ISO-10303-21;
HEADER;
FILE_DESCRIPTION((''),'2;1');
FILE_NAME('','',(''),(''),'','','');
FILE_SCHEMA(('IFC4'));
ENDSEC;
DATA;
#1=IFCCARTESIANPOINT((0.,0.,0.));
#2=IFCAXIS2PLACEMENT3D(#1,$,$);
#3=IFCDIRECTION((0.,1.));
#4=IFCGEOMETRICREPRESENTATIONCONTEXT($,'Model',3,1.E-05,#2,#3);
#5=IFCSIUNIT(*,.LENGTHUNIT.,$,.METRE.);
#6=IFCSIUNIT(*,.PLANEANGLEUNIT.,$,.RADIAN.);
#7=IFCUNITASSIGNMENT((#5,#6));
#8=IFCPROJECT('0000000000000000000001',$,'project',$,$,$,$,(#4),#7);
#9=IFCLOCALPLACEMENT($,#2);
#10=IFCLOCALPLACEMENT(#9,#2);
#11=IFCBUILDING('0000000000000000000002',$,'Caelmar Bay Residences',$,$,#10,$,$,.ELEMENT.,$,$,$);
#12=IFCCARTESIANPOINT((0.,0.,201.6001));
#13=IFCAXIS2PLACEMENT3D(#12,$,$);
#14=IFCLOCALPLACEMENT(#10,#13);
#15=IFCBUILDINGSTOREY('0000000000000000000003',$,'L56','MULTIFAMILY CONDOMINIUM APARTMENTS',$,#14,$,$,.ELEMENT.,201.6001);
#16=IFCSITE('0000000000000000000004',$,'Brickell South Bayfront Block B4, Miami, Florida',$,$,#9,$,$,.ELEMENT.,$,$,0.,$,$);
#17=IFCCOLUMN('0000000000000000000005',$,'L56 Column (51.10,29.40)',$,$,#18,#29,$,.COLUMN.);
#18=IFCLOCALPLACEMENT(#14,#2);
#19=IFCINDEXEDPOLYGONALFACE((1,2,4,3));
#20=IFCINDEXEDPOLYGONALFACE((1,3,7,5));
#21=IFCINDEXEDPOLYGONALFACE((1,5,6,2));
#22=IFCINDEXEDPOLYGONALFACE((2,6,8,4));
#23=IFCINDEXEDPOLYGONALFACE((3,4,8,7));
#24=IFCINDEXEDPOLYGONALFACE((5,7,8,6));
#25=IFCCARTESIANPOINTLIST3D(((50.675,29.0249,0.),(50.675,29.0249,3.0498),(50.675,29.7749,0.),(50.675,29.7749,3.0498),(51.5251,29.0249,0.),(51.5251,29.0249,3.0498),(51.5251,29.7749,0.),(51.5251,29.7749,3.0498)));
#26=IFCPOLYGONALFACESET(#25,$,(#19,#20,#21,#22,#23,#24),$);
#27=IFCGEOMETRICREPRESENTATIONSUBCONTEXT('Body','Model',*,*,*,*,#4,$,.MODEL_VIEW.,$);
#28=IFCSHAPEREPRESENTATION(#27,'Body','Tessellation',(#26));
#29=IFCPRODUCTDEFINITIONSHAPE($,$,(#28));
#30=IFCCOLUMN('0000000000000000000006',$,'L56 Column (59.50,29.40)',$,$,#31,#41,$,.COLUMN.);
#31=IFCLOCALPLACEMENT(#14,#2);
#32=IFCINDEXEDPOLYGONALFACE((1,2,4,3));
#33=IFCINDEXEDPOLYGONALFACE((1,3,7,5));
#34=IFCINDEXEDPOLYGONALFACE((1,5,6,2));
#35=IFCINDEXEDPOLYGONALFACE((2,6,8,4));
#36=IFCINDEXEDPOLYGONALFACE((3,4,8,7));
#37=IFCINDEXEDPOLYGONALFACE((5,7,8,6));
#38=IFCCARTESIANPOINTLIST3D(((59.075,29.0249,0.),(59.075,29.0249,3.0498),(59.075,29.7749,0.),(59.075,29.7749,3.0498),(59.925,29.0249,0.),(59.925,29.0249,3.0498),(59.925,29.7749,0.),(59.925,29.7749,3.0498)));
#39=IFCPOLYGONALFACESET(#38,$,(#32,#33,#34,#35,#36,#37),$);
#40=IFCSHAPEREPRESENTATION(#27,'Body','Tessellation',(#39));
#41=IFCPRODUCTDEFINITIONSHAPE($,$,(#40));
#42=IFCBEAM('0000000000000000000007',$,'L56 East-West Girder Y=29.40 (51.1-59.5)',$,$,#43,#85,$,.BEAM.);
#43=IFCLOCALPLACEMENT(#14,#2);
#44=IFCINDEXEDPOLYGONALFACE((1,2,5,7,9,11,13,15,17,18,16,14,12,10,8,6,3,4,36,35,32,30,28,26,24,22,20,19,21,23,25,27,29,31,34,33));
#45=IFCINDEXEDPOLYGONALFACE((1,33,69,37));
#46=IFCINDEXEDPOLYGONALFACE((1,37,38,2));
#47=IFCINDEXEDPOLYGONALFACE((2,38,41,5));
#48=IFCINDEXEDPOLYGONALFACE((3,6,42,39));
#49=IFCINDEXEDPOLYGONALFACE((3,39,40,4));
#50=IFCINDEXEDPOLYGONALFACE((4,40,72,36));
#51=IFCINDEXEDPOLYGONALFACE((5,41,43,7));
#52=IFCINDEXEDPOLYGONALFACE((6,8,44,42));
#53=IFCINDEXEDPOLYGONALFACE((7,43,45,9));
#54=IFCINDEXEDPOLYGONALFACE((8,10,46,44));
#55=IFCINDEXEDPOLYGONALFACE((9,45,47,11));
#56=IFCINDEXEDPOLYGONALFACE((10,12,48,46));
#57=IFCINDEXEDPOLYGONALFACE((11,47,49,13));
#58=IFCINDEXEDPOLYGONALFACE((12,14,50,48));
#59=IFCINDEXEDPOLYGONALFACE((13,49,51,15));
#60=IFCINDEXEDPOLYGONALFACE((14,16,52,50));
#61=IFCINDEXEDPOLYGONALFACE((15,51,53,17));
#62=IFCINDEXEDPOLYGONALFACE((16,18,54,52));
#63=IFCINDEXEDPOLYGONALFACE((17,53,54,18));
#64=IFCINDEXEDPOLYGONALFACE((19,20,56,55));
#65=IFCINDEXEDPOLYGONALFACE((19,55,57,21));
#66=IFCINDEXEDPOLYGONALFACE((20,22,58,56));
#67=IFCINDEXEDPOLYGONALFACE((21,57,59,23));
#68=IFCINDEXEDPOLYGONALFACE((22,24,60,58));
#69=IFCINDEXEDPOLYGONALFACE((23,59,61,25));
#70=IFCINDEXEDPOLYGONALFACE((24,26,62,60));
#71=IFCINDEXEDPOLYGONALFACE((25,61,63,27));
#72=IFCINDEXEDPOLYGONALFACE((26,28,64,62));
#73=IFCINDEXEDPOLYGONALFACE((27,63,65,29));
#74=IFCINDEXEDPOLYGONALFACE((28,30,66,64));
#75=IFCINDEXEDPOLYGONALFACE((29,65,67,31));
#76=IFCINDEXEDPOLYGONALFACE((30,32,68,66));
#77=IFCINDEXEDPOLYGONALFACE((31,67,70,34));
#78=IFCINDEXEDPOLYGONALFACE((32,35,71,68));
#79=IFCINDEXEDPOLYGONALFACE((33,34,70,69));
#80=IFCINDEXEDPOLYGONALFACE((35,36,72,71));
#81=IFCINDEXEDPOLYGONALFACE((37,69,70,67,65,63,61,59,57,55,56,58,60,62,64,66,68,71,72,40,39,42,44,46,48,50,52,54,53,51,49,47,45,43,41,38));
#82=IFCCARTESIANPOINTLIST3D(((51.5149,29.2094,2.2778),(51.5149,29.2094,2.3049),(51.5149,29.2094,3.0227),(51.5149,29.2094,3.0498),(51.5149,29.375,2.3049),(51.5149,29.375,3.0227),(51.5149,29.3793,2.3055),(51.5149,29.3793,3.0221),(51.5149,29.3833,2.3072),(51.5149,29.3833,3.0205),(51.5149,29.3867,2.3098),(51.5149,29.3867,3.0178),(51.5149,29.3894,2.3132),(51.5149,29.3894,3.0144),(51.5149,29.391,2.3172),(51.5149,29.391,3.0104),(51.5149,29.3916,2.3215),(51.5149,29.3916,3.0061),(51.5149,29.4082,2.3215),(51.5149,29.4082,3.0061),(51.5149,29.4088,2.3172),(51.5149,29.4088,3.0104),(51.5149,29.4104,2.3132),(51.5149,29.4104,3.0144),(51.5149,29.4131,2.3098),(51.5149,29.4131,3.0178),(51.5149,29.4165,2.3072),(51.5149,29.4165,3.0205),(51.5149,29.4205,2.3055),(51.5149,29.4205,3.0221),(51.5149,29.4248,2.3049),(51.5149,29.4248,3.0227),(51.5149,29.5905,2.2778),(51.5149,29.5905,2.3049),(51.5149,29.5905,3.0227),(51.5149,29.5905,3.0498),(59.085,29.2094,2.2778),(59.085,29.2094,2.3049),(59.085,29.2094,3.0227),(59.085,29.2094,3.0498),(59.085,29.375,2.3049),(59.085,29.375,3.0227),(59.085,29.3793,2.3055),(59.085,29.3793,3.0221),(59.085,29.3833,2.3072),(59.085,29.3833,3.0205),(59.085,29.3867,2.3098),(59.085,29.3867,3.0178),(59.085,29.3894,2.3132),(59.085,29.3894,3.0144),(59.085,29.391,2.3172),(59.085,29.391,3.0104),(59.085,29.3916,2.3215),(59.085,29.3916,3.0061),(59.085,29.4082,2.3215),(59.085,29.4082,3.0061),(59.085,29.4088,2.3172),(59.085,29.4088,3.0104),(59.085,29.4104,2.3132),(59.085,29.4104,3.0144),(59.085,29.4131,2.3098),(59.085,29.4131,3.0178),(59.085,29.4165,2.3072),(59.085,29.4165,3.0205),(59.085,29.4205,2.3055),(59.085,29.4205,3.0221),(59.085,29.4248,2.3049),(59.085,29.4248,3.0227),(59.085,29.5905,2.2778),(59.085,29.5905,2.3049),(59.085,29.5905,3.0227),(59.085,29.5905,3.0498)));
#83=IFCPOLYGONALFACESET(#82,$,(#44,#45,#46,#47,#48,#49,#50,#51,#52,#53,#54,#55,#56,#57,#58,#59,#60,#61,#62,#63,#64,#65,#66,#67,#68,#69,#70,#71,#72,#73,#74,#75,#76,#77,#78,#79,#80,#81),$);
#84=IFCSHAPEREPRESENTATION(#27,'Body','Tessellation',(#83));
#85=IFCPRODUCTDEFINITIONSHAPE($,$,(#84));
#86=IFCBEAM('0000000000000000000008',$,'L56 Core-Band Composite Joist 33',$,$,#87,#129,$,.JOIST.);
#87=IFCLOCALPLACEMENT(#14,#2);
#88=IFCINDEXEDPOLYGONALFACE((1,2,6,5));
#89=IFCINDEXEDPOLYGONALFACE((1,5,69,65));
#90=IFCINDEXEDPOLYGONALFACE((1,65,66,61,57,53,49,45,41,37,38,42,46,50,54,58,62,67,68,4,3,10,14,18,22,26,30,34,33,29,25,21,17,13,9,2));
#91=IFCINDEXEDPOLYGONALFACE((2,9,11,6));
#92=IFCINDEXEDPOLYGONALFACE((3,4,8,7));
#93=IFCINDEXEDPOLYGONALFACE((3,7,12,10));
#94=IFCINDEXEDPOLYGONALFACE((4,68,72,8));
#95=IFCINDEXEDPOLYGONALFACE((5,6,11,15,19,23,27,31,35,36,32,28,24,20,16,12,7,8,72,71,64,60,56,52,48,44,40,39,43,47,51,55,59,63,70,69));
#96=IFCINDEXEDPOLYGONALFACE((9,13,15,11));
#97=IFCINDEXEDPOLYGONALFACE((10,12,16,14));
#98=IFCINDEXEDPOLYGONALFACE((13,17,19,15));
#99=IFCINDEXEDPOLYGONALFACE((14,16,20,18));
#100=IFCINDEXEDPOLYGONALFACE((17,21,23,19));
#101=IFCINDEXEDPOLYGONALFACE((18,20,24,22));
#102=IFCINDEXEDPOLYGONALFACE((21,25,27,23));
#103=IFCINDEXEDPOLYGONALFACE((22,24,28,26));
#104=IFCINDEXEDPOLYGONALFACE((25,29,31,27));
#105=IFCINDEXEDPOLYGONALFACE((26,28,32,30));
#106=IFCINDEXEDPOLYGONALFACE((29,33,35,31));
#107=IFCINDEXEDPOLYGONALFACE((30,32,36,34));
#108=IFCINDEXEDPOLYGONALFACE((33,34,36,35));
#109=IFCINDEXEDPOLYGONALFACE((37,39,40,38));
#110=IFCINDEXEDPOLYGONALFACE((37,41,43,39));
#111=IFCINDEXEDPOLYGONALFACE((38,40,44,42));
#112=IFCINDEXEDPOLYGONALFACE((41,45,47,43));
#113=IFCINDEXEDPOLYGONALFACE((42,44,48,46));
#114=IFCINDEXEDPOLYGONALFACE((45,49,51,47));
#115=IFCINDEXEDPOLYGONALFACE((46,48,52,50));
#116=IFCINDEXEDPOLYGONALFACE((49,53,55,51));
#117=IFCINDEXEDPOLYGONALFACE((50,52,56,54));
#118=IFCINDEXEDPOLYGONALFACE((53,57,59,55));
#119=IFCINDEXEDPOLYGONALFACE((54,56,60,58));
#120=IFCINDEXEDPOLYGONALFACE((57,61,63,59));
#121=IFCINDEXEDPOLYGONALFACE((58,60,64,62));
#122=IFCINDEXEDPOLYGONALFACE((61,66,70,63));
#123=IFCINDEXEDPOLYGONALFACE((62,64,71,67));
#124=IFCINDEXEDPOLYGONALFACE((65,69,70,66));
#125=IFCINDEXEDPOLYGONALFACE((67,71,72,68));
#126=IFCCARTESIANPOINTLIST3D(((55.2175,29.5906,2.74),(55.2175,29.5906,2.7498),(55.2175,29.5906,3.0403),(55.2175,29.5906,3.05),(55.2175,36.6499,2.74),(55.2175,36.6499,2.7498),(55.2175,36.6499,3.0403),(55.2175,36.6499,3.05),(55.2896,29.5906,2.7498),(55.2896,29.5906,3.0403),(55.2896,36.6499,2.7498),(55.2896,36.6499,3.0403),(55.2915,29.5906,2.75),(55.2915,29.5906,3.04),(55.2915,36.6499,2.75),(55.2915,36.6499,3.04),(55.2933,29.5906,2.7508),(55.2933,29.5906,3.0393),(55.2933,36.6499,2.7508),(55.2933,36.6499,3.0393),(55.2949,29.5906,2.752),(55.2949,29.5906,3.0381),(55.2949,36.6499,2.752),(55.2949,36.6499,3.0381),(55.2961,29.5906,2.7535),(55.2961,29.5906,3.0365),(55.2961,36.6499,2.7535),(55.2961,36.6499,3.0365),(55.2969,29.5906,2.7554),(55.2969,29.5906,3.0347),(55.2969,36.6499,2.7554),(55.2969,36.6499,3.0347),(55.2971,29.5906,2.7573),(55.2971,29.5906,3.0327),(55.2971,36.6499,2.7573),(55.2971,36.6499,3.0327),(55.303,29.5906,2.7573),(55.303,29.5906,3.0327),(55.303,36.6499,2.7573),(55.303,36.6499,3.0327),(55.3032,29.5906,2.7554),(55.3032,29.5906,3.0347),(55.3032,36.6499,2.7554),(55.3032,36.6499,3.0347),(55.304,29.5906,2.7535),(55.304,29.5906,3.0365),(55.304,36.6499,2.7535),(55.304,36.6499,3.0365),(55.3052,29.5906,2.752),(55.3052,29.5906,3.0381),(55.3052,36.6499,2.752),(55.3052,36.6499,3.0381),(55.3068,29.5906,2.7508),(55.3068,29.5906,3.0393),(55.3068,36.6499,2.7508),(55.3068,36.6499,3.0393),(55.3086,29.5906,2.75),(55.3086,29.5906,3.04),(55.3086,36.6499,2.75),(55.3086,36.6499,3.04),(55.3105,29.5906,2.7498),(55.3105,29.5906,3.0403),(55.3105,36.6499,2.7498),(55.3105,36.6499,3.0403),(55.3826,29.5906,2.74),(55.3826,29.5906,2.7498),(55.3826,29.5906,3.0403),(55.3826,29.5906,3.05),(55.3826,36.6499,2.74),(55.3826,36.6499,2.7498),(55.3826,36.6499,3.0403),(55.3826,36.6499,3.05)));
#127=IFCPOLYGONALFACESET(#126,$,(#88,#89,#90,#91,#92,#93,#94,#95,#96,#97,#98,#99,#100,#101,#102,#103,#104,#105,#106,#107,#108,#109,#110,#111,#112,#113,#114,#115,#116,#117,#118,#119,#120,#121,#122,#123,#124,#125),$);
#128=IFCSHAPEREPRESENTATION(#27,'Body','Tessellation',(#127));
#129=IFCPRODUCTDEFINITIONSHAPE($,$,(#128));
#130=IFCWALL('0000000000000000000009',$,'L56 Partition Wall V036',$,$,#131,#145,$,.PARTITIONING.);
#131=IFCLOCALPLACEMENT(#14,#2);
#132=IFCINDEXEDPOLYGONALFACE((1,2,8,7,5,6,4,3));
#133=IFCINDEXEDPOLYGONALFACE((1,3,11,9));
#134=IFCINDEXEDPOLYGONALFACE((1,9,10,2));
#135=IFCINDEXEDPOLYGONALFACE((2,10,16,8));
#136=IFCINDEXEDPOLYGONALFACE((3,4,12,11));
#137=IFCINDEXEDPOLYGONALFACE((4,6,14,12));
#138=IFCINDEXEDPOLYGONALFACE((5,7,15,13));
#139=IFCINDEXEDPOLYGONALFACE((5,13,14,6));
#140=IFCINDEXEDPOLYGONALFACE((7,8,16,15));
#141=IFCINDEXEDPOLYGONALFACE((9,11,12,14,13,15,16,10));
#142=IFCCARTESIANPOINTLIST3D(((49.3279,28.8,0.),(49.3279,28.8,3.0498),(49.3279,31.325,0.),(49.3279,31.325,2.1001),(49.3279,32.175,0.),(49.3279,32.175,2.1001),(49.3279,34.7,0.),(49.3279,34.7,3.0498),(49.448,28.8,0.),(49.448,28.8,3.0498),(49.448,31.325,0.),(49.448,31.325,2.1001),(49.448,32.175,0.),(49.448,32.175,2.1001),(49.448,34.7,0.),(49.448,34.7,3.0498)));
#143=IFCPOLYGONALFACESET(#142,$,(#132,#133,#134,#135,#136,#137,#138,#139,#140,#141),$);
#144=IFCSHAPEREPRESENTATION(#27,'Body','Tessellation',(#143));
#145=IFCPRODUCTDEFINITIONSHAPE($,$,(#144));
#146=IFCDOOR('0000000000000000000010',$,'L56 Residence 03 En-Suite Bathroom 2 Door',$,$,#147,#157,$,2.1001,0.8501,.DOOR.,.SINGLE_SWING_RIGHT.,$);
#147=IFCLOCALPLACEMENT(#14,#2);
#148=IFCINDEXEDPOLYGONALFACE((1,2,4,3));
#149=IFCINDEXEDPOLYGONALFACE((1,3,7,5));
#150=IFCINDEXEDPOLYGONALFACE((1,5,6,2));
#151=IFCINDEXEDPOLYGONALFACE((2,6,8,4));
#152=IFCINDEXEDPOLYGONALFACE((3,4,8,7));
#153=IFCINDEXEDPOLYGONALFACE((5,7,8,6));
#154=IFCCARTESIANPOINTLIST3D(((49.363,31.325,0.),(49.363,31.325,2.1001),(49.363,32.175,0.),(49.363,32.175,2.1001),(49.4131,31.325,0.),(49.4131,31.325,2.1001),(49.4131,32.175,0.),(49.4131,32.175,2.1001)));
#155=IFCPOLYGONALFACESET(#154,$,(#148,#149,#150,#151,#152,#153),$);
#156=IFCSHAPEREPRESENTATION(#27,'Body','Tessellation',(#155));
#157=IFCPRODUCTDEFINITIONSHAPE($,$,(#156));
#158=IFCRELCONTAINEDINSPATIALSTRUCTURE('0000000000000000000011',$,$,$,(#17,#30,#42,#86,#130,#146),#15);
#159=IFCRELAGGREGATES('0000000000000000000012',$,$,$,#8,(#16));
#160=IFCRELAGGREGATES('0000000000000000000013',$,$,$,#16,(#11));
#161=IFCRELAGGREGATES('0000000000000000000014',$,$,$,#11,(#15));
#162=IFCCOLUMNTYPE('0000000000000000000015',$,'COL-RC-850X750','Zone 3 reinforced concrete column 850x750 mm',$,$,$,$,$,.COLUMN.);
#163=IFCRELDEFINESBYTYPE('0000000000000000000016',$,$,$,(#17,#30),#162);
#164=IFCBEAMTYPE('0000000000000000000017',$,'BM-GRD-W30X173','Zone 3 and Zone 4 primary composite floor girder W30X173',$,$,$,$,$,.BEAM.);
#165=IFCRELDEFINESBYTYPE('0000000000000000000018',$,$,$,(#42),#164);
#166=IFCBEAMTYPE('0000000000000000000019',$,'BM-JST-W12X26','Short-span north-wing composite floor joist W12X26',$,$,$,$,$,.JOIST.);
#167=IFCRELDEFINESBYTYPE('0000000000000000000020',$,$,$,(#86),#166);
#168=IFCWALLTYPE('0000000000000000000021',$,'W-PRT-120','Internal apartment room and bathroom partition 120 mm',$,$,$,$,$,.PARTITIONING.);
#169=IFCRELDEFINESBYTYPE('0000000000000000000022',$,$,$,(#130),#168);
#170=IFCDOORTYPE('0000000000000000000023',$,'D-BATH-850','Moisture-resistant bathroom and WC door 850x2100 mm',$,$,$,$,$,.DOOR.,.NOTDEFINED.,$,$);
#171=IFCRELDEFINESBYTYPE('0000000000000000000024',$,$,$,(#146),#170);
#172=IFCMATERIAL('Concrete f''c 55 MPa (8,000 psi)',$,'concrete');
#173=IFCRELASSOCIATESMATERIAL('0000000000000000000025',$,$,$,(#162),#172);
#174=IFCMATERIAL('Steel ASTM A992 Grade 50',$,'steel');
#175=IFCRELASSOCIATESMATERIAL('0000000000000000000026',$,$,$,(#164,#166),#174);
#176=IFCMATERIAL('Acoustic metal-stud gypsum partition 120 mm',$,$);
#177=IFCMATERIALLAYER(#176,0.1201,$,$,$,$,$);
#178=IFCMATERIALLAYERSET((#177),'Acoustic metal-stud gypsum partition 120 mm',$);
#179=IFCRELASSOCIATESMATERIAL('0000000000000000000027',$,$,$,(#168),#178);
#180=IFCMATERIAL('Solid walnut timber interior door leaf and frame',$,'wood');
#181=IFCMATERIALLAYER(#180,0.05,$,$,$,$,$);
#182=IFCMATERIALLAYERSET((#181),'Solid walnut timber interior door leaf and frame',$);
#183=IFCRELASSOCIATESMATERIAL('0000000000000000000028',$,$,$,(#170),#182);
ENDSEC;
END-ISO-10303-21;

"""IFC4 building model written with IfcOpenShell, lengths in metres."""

from ifc_helpers import new_model, si_unit, direction, frame, frame_2d, origin, origin_2d, place, context, subcontext, project, spatial, rectangle, i_section, extrude, material, layer, layer_set, material_profile, profile_set, type_object, element, fill, save


model = new_model("IFC4")

# Units and contexts
model_context = context("Model", 3, precision=1e-05, world=origin(), true_north=direction((0.0, 1.0)))
body_context = subcontext(model_context, "Body", "Model", "MODEL_VIEW")
ifc_project = project(units=[si_unit("LENGTHUNIT", "METRE"), si_unit("PLANEANGLEUNIT", "RADIAN")], contexts=[model_context])

# Site, building, storey
site_placement = place(None, origin())
site = spatial("IfcSite", under=ifc_project, at=site_placement, Name="Brickell South Bayfront Block B4, Miami, Florida", CompositionType="ELEMENT", RefElevation=0.0)
building_placement = place(site_placement, origin())
building = spatial("IfcBuilding", under=site, at=building_placement, Name="Caelmar Bay Residences", CompositionType="ELEMENT")
storey_placement = place(building_placement, frame((0.0, 0.0, 201.6001)))
storey = spatial("IfcBuildingStorey", under=building, at=storey_placement, Name="L56", Description="MULTIFAMILY CONDOMINIUM APARTMENTS", CompositionType="ELEMENT", Elevation=201.6001)

# Columns
ifc_material_1 = material(Name="Concrete f'c 55 MPa (8,000 psi)", Category="concrete")
ifc_material_profile_1 = material_profile(ifc_material_1, rectangle(XDim=0.8501, YDim=0.75, at=origin_2d()), Name="RC-COL-850X750")
ifc_profile_set_1 = profile_set([ifc_material_profile_1], Name="Concrete f'c 55 MPa (8,000 psi)")
column_type = type_object("IfcColumnType", Name="COL-RC-850X750", Description="Zone 3 reinforced concrete column 850x750 mm", PredefinedType="COLUMN", material=ifc_profile_set_1)
for number, where, z_axis, x_axis, name in (
    (1, (51.1001, 29.3999, 0.0), (0.0, 0.0, 1.0), (1.0, 0.0, 0.0), "L56 Column (51.10,29.40)"),
    (2, (59.5, 29.3999, 0.0), (0.0, 0.0, 1.0), (1.0, 0.0, 0.0), "L56 Column (59.50,29.40)"),
):
    element("IfcColumn", number, at=place(storey_placement, frame(where, z_axis=z_axis, x_axis=x_axis)), inside=storey, type_object=column_type, Name=name, PredefinedType="COLUMN", context=body_context, shape_type="SweptSolid", body=[
        extrude(rectangle(XDim=0.8501, YDim=0.75, at=origin_2d()), origin(), (0.0, 0.0, 1.0), 3.0498),
    ])

# Beams
ifc_material_2 = material(Name="Steel ASTM A992 Grade 50", Category="steel")
ifc_material_profile_2 = material_profile(ifc_material_2, i_section(OverallWidth=0.3811, OverallDepth=0.772, WebThickness=0.0166, FlangeThickness=0.0271, FilletRadius=0.0166, at=origin_2d()), Name="W30X173")
ifc_profile_set_2 = profile_set([ifc_material_profile_2], Name="Steel ASTM A992 Grade 50")
beam_type_1 = type_object("IfcBeamType", Name="BM-GRD-W30X173", Description="Zone 3 and Zone 4 primary composite floor girder W30X173", PredefinedType="BEAM", material=ifc_profile_set_2)
beam_1_placement = place(storey_placement, frame((51.5149, 29.3999, 2.6638), z_axis=(1.0, 0.0, 0.0), x_axis=(0.0, 1.0, 0.0)))
element("IfcBeam", 3, at=beam_1_placement, inside=storey, type_object=beam_type_1, Name="L56 East-West Girder Y=29.40 (51.1-59.5)", PredefinedType="BEAM", context=body_context, shape_type="SweptSolid", body=[
    extrude(i_section(OverallWidth=0.3811, OverallDepth=0.772, WebThickness=0.0166, FlangeThickness=0.0271, FilletRadius=0.0166, at=origin_2d()), origin(), (0.0, 0.0, 1.0), 7.5701),
])
ifc_material_profile_3 = material_profile(ifc_material_2, i_section(OverallWidth=0.165, OverallDepth=0.3101, WebThickness=0.0059, FlangeThickness=0.0098, FilletRadius=0.0076, at=origin_2d()), Name="W12X26")
ifc_profile_set_3 = profile_set([ifc_material_profile_3], Name="Steel ASTM A992 Grade 50")
beam_type_2 = type_object("IfcBeamType", Name="BM-JST-W12X26", Description="Short-span north-wing composite floor joist W12X26", PredefinedType="JOIST", material=ifc_profile_set_3)
beam_2_placement = place(storey_placement, frame((55.3, 29.5906, 2.895), z_axis=(0.0, 1.0, 0.0), x_axis=(-1.0, 0.0, 0.0)))
element("IfcBeam", 4, at=beam_2_placement, inside=storey, type_object=beam_type_2, Name="L56 Core-Band Composite Joist 33", PredefinedType="JOIST", context=body_context, shape_type="SweptSolid", body=[
    extrude(i_section(OverallWidth=0.165, OverallDepth=0.3101, WebThickness=0.0059, FlangeThickness=0.0098, FilletRadius=0.0076, at=origin_2d()), origin(), (0.0, 0.0, 1.0), 7.0593),
])

# Wall, opening, door
ifc_material_3 = material(Name="Acoustic metal-stud gypsum partition 120 mm")
ifc_layer_1 = layer(ifc_material_3, 0.1201)
ifc_layer_set_1 = layer_set([ifc_layer_1], Name="Acoustic metal-stud gypsum partition 120 mm")
wall_type_1 = type_object("IfcWallType", Name="W-PRT-120", Description="Internal apartment room and bathroom partition 120 mm", PredefinedType="PARTITIONING", material=ifc_layer_set_1)
wall_1_placement = place(storey_placement, frame((49.3879, 28.8, 0.0), z_axis=(0.0, 0.0, 1.0), x_axis=(0.0, 1.0, 0.0)))
wall_1 = element("IfcWall", 5, at=wall_1_placement, inside=storey, type_object=wall_type_1, Name="L56 Partition Wall V036", PredefinedType="PARTITIONING", context=body_context, shape_type="SweptSolid", body=[
    extrude(rectangle(XDim=5.8999, YDim=0.1201, at=frame_2d((2.95, 0.0))), origin(), (0.0, 0.0, 1.0), 3.0498),
])
opening_1_placement = place(wall_1_placement, frame((2.5249, 0.0, 0.0)))
opening_1 = element("IfcOpeningElement", 6, at=opening_1_placement, cuts=wall_1, PredefinedType="OPENING", context=body_context, shape_type="SweptSolid", body=[
    extrude(rectangle(XDim=0.8501, YDim=2.1001, at=frame_2d((0.425, 1.05))), frame((0.0, 0.0701, 0.0), z_axis=(0.0, -1.0, 0.0), x_axis=(1.0, 0.0, 0.0)), (0.0, 0.0, 1.0), 0.1401),
])
ifc_material_4 = material(Name="Solid walnut timber interior door leaf and frame", Category="wood")
ifc_layer_2 = layer(ifc_material_4, 0.05)
ifc_layer_set_2 = layer_set([ifc_layer_2], Name="Solid walnut timber interior door leaf and frame")
door_type_1 = type_object("IfcDoorType", Name="D-BATH-850", Description="Moisture-resistant bathroom and WC door 850x2100 mm", OperationType="NOTDEFINED", PredefinedType="DOOR", material=ifc_layer_set_2)
door_1_placement = place(opening_1_placement, origin())
door_1 = element("IfcDoor", 7, at=door_1_placement, inside=storey, type_object=door_type_1, Name="L56 Residence 03 En-Suite Bathroom 2 Door", OperationType="SINGLE_SWING_RIGHT", OverallHeight=2.1001, OverallWidth=0.8501, PredefinedType="DOOR", context=body_context, shape_type="SweptSolid", body=[
    extrude(rectangle(XDim=0.8501, YDim=2.1001, at=frame_2d((0.425, 1.05))), frame((0.0, 0.0249, 0.0), z_axis=(0.0, -1.0, 0.0), x_axis=(1.0, 0.0, 0.0)), (0.0, 0.0, 1.0), 0.05),
])
fill(opening_1, door_1)

save(model, "model.ifc")
